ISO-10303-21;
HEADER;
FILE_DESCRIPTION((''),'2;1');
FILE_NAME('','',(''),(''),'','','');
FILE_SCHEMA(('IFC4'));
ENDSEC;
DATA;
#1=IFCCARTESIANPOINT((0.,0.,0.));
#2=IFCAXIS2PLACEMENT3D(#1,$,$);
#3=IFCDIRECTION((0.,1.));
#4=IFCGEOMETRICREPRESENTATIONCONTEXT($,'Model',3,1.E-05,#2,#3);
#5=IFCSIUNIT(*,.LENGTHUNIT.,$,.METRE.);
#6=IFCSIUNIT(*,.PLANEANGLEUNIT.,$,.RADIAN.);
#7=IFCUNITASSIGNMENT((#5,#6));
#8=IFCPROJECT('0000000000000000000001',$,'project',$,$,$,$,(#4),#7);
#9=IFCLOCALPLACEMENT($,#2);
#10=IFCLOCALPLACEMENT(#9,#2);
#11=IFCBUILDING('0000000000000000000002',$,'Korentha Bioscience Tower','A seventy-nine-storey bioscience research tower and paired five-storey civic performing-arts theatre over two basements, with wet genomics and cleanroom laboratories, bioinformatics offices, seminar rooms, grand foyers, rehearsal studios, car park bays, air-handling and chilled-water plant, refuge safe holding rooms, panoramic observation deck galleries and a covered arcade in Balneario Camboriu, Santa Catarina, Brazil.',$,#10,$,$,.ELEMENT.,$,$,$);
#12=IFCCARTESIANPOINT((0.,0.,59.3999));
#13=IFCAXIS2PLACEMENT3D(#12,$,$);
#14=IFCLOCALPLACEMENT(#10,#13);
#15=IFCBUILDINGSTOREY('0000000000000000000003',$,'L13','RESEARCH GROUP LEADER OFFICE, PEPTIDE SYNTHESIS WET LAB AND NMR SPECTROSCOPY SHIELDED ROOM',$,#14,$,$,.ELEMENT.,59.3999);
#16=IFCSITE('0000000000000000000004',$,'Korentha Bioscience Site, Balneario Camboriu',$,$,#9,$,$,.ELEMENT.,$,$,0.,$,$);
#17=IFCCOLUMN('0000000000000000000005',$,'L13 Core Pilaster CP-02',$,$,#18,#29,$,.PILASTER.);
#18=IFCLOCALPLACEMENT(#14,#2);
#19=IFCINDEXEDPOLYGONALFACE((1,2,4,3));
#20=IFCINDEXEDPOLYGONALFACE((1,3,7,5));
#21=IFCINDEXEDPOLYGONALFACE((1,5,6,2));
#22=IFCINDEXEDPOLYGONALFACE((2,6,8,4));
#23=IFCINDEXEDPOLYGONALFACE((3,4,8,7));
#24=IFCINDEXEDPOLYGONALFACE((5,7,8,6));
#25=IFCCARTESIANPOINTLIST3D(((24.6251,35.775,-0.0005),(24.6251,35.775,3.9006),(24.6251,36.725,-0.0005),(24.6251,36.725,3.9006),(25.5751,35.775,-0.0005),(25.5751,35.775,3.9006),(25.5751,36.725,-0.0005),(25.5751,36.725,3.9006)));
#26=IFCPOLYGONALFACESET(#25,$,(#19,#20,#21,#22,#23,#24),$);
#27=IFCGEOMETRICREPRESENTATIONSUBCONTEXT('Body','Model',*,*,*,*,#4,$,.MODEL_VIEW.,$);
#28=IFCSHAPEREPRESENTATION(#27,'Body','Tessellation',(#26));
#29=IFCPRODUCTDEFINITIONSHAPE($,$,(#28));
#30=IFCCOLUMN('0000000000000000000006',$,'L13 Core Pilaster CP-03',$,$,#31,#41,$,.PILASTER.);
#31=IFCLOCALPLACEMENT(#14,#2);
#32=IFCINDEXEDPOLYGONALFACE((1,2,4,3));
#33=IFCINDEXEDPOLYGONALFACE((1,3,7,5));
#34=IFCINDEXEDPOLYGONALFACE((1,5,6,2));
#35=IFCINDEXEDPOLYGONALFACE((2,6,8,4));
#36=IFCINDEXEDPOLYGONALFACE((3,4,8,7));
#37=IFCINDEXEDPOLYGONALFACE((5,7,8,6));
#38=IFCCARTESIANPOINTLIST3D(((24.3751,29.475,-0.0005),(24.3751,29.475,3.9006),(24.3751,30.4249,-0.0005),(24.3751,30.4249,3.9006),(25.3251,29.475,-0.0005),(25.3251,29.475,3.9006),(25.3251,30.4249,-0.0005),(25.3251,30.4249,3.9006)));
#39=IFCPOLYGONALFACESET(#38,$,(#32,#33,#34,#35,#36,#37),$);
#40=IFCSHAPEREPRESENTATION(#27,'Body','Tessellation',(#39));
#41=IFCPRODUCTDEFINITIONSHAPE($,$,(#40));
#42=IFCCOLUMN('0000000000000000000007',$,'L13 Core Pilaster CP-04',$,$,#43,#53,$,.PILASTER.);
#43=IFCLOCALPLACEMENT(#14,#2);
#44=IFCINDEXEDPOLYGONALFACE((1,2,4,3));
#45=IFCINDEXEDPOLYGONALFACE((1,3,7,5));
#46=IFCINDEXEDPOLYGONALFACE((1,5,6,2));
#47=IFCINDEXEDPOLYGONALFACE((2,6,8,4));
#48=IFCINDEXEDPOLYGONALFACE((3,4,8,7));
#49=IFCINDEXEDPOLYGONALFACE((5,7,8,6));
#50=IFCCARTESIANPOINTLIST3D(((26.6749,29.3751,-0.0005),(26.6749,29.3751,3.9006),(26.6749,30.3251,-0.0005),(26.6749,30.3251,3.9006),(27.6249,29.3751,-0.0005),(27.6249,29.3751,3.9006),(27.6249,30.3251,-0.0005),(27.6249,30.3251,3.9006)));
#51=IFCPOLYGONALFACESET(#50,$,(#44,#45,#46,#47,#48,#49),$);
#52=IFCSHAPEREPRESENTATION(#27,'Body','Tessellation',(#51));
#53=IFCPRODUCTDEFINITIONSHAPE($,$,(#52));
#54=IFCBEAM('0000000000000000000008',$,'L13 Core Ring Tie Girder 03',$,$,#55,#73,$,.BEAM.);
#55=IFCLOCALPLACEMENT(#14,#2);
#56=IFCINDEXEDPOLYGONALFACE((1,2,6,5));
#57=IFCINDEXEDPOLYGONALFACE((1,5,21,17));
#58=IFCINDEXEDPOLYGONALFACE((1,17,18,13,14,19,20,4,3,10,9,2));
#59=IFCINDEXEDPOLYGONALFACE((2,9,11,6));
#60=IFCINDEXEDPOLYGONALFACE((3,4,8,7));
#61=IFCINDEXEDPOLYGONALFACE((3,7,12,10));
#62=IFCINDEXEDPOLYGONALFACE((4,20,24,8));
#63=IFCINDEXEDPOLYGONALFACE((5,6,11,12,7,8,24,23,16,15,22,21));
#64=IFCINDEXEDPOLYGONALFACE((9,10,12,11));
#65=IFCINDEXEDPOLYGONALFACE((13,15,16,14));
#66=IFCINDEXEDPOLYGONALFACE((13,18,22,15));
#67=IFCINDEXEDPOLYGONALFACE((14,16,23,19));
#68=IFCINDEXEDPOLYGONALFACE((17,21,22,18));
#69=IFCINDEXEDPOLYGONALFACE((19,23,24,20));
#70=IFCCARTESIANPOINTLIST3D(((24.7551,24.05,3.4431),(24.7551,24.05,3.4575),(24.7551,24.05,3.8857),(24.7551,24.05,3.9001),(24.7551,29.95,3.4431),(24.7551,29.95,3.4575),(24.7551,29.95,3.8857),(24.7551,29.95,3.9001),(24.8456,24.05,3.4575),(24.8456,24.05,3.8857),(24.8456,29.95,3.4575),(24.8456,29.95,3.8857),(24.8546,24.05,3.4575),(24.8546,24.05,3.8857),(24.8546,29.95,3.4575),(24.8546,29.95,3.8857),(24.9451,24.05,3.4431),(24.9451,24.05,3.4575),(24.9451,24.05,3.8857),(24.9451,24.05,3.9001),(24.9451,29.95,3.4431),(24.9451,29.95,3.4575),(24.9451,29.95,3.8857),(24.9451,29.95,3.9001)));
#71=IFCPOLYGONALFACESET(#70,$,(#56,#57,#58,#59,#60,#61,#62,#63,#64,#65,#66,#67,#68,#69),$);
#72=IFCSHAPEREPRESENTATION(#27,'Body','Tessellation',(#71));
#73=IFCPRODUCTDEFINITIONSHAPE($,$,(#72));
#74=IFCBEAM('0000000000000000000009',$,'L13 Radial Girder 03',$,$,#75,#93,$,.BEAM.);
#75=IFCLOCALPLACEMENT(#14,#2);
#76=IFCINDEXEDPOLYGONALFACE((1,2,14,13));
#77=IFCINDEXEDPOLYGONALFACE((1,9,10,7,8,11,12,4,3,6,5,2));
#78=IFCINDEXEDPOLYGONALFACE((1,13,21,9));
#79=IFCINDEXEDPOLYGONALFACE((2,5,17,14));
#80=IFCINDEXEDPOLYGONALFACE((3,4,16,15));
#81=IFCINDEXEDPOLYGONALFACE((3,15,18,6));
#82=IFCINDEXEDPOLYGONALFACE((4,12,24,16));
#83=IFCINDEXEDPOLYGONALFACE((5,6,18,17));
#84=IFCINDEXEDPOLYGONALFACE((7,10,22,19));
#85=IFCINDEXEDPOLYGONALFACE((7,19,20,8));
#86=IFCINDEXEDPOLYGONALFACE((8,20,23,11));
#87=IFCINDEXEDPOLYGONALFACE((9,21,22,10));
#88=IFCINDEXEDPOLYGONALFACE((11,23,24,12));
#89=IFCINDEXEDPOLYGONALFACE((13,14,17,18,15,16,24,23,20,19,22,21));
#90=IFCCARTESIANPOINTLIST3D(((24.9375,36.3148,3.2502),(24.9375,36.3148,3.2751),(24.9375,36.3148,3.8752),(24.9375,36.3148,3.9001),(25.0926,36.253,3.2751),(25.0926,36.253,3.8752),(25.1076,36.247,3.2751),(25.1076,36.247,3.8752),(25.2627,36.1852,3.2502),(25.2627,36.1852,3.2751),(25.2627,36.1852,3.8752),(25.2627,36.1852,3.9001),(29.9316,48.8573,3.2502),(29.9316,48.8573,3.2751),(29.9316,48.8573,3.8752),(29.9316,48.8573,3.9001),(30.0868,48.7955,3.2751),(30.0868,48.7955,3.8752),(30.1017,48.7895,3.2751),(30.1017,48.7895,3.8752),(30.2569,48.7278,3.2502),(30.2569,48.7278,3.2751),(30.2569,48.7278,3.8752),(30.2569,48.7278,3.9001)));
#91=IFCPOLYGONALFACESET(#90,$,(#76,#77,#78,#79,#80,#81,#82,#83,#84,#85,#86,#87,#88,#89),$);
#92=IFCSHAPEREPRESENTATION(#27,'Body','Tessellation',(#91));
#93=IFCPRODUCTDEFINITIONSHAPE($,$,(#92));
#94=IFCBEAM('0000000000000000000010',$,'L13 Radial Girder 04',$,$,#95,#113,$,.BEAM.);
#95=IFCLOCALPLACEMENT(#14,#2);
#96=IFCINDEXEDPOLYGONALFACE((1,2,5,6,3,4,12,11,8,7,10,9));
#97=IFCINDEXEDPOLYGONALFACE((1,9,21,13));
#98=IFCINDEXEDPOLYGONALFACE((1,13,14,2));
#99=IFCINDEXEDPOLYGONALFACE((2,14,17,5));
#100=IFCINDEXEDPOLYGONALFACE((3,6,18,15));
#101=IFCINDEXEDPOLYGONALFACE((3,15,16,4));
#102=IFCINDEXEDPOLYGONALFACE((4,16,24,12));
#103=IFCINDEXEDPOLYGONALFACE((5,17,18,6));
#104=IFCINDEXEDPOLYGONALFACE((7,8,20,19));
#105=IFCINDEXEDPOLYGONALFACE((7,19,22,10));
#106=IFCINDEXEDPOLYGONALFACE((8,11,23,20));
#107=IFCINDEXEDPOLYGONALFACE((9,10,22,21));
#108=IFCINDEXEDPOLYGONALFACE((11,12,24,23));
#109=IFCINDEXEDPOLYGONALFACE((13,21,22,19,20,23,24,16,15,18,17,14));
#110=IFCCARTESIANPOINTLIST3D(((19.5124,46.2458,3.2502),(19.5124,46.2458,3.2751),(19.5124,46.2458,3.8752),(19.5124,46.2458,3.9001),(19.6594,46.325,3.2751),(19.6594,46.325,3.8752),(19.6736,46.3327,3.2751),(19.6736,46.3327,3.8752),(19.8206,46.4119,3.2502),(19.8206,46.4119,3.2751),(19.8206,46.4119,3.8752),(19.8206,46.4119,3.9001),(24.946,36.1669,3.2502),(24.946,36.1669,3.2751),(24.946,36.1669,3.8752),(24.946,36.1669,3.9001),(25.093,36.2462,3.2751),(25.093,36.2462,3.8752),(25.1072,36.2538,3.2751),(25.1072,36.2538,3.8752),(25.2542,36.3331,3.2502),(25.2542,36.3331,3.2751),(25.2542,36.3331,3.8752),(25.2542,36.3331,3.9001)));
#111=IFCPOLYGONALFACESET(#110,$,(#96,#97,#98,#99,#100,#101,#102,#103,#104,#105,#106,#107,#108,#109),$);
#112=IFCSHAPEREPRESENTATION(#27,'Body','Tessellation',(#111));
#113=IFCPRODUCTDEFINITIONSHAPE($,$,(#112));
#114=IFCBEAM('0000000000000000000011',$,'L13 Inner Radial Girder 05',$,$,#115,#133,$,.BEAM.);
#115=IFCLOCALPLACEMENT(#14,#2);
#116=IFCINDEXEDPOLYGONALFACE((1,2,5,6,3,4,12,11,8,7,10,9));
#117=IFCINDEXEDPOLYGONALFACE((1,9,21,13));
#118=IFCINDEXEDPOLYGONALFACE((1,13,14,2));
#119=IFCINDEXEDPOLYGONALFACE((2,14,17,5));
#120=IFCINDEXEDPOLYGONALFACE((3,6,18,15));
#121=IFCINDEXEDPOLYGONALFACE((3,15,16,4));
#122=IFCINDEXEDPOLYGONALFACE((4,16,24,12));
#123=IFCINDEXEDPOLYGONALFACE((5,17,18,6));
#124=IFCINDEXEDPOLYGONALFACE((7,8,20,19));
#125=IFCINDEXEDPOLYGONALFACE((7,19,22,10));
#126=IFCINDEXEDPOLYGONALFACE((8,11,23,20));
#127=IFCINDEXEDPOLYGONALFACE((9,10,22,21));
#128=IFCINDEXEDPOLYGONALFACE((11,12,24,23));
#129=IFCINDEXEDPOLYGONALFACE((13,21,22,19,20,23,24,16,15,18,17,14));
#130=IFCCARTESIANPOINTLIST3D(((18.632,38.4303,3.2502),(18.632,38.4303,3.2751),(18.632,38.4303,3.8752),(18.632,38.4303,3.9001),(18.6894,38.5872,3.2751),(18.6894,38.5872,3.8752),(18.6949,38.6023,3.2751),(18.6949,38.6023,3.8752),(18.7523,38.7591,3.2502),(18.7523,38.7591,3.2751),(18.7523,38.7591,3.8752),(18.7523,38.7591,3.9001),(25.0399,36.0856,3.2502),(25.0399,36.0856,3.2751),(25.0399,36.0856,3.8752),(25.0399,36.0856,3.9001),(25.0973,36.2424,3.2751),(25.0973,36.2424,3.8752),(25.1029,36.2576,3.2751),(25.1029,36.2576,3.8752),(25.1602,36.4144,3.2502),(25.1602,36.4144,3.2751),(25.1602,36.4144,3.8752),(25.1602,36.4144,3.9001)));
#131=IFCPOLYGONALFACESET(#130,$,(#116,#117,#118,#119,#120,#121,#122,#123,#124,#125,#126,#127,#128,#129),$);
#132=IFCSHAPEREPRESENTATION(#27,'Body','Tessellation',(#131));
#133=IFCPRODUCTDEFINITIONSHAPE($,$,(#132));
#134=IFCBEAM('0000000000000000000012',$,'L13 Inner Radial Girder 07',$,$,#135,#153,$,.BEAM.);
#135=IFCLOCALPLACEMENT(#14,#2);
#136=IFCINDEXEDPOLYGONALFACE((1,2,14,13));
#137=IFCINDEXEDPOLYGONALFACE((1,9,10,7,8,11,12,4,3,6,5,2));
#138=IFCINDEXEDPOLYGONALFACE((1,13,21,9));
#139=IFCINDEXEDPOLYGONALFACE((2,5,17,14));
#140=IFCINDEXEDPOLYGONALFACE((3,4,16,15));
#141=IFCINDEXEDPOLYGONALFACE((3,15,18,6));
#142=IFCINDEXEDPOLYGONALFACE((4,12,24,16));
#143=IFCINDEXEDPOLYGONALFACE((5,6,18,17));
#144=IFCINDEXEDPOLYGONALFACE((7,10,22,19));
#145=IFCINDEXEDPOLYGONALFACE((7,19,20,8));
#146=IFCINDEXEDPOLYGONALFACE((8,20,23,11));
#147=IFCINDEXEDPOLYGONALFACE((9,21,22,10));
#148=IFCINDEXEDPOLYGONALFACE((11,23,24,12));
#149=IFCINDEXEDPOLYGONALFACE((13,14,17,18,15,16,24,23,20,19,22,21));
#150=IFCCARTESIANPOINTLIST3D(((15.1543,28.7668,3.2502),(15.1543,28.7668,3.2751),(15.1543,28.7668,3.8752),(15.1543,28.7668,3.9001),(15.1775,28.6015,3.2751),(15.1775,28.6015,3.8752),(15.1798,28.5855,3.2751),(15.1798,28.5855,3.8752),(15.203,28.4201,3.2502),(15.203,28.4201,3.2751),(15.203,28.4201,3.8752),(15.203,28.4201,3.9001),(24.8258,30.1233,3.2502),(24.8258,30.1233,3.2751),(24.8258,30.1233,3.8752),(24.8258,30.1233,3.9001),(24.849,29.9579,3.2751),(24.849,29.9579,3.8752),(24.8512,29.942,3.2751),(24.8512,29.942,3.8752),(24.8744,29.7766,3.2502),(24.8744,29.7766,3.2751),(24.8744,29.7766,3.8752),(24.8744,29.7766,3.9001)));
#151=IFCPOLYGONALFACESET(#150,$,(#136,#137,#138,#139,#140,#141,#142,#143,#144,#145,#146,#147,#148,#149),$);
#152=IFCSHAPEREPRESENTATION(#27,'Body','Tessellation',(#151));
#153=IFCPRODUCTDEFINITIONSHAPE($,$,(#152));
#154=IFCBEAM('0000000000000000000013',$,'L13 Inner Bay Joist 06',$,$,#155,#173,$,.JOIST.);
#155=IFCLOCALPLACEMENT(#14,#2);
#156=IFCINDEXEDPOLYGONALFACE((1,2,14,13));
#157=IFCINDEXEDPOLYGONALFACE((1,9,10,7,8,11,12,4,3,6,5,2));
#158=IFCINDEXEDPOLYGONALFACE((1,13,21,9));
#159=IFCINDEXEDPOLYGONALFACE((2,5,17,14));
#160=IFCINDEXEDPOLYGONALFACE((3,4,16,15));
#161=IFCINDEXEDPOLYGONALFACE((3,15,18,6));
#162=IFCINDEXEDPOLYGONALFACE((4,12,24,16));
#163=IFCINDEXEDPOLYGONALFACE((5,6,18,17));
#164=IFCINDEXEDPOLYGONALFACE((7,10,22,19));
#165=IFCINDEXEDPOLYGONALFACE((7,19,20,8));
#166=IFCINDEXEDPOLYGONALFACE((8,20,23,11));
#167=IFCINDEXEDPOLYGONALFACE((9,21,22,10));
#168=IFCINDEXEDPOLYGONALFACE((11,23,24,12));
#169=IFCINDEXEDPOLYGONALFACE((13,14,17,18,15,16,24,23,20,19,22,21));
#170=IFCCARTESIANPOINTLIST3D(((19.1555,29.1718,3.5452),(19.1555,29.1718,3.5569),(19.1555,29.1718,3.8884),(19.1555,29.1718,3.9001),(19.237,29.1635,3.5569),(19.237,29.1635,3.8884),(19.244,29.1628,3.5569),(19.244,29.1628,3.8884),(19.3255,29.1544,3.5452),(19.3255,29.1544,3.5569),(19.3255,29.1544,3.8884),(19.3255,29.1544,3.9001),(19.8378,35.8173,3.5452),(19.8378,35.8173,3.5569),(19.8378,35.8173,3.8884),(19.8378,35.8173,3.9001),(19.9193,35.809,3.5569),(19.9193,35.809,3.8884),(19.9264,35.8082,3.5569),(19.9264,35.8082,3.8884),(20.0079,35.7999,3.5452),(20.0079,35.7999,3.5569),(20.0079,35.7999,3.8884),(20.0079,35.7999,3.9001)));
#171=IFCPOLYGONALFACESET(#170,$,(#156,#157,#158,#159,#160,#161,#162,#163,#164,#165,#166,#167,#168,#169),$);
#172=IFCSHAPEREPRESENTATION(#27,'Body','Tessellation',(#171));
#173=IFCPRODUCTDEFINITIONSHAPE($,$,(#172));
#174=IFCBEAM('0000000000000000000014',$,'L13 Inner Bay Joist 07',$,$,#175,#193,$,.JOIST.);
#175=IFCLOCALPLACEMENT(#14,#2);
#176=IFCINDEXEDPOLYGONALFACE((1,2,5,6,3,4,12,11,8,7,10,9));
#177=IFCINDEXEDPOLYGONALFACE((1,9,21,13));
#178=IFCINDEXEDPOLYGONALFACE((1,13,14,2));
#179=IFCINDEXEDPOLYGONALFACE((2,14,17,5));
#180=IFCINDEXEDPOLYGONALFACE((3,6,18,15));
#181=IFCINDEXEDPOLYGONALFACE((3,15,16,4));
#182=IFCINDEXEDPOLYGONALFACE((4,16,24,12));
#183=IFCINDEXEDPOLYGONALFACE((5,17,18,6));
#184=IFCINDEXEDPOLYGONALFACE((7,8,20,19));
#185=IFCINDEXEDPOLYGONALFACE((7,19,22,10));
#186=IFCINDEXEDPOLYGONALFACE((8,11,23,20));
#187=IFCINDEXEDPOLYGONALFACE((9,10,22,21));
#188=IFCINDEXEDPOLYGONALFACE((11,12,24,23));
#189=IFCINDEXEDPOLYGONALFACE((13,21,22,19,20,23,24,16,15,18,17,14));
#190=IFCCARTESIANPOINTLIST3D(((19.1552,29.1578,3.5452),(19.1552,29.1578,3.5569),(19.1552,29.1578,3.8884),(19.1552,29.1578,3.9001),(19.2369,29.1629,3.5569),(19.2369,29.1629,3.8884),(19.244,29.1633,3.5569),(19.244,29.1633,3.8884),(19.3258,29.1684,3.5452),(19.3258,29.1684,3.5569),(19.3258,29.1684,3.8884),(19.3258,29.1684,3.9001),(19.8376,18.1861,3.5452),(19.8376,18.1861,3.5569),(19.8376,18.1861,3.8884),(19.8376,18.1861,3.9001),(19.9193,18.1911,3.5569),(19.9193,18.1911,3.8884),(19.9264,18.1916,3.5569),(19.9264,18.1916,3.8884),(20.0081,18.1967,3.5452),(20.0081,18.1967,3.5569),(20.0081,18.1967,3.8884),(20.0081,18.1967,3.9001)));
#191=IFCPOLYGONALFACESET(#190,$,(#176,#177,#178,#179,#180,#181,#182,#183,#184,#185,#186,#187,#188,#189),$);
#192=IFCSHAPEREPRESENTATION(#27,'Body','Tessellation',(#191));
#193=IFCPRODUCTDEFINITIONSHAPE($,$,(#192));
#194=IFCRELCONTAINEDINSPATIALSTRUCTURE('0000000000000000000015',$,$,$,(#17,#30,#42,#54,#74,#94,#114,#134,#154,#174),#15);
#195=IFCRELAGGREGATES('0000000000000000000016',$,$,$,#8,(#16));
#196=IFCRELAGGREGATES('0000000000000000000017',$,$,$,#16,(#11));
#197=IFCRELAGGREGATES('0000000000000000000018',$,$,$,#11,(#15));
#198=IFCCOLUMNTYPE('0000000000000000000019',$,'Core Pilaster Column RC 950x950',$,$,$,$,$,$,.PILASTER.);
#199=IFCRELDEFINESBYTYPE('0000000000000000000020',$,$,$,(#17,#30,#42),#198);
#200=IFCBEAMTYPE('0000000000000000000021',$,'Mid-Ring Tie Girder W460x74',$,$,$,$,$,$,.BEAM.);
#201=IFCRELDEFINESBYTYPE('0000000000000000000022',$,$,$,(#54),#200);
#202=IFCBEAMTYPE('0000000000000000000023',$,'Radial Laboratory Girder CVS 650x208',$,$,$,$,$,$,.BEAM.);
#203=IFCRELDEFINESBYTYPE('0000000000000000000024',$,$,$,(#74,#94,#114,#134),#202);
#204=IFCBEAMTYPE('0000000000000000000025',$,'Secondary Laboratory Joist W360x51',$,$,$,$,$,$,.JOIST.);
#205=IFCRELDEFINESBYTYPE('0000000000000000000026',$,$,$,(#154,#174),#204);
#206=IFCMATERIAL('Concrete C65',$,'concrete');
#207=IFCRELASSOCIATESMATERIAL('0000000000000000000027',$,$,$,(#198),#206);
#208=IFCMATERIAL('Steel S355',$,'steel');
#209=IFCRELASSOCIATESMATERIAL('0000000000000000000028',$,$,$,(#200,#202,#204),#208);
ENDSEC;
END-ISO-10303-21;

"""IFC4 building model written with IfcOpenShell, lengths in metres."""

from ifc_helpers import new_model, si_unit, direction, frame, origin, origin_2d, place, context, subcontext, project, spatial, rectangle, i_section, extrude, material, material_profile, profile_set, type_object, element, save


model = new_model("IFC4")

# Units and contexts
model_context = context("Model", 3, precision=1e-05, world=origin(), true_north=direction((0.0, 1.0)))
body_context = subcontext(model_context, "Body", "Model", "MODEL_VIEW")
ifc_project = project(units=[si_unit("LENGTHUNIT", "METRE"), si_unit("PLANEANGLEUNIT", "RADIAN")], contexts=[model_context])

# Site, building, storey
site_placement = place(None, origin())
site = spatial("IfcSite", under=ifc_project, at=site_placement, Name="Korentha Bioscience Site, Balneario Camboriu", CompositionType="ELEMENT", RefElevation=0.0)
building_placement = place(site_placement, origin())
building = spatial("IfcBuilding", under=site, at=building_placement, Name="Korentha Bioscience Tower", Description="A seventy-nine-storey bioscience research tower and paired five-storey civic performing-arts theatre over two basements, with wet genomics and cleanroom laboratories, bioinformatics offices, seminar rooms, grand foyers, rehearsal studios, car park bays, air-handling and chilled-water plant, refuge safe holding rooms, panoramic observation deck galleries and a covered arcade in Balneario Camboriu, Santa Catarina, Brazil.", CompositionType="ELEMENT")
storey_placement = place(building_placement, frame((0.0, 0.0, 59.3999)))
storey = spatial("IfcBuildingStorey", under=building, at=storey_placement, Name="L13", Description="RESEARCH GROUP LEADER OFFICE, PEPTIDE SYNTHESIS WET LAB AND NMR SPECTROSCOPY SHIELDED ROOM", CompositionType="ELEMENT", Elevation=59.3999)

# Columns
ifc_material_1 = material(Name="Concrete C65", Category="concrete")
ifc_material_profile_1 = material_profile(ifc_material_1, rectangle(XDim=0.95, YDim=0.95, at=origin_2d()), Name="Concrete C65")
ifc_profile_set_1 = profile_set([ifc_material_profile_1], Name="Concrete C65 (COL-CP09)")
column_type = type_object("IfcColumnType", Name="Core Pilaster Column RC 950x950", PredefinedType="PILASTER", material=ifc_profile_set_1)
for number, where, z_axis, x_axis, name in (
    (1, (25.1001, 36.25, -0.0005), (0.0, 0.0, 1.0), (1.0, 0.0, 0.0), "L13 Core Pilaster CP-02"),
    (2, (24.8501, 29.95, -0.0005), (0.0, 0.0, 1.0), (1.0, 0.0, 0.0), "L13 Core Pilaster CP-03"),
    (3, (27.1499, 29.8501, -0.0005), (0.0, 0.0, 1.0), (1.0, 0.0, 0.0), "L13 Core Pilaster CP-04"),
):
    element("IfcColumn", number, at=place(storey_placement, frame(where, z_axis=z_axis, x_axis=x_axis)), inside=storey, type_object=column_type, Name=name, PredefinedType="PILASTER", context=body_context, shape_type="SweptSolid", body=[
        extrude(rectangle(XDim=0.95, YDim=0.95, at=origin_2d()), origin(), (0.0, 0.0, 1.0), 3.9011),
    ])

# Beams
ifc_material_2 = material(Name="Steel S355", Category="steel")
ifc_material_profile_2 = material_profile(ifc_material_2, i_section(OverallWidth=0.1899, OverallDepth=0.457, WebThickness=0.009, FlangeThickness=0.0144, at=origin_2d()), Name="Steel S355")
ifc_profile_set_2 = profile_set([ifc_material_profile_2], Name="Steel S355 (MB-460)")
beam_type_1 = type_object("IfcBeamType", Name="Mid-Ring Tie Girder W460x74", PredefinedType="BEAM", material=ifc_profile_set_2)
beam_1_placement = place(storey_placement, frame((24.8501, 29.95, 3.6716), z_axis=(0.0, -1.0, 0.0), x_axis=(1.0, 0.0, 0.0)))
element("IfcBeam", 4, at=beam_1_placement, inside=storey, type_object=beam_type_1, Name="L13 Core Ring Tie Girder 03", PredefinedType="BEAM", context=body_context, shape_type="SweptSolid", body=[
    extrude(i_section(OverallWidth=0.1899, OverallDepth=0.457, WebThickness=0.009, FlangeThickness=0.0144, at=origin_2d()), origin(), (0.0, 0.0, 1.0), 5.8999),
])
ifc_material_profile_3 = material_profile(ifc_material_2, i_section(OverallWidth=0.3501, OverallDepth=0.6499, WebThickness=0.0161, FlangeThickness=0.0249, at=origin_2d()), Name="Steel S355")
ifc_profile_set_3 = profile_set([ifc_material_profile_3], Name="Steel S355 (RB-650)")
beam_type_2 = type_object("IfcBeamType", Name="Radial Laboratory Girder CVS 650x208", PredefinedType="BEAM", material=ifc_profile_set_3)
beam_2_placement = place(storey_placement, frame((25.1001, 36.25, 3.5752), z_axis=(0.369931, 0.929059, 0.0), x_axis=(-0.929059, 0.369931, 0.0)))
element("IfcBeam", 5, at=beam_2_placement, inside=storey, type_object=beam_type_2, Name="L13 Radial Girder 03", PredefinedType="BEAM", context=body_context, shape_type="SweptSolid", body=[
    extrude(i_section(OverallWidth=0.3501, OverallDepth=0.6499, WebThickness=0.0161, FlangeThickness=0.0249, at=origin_2d()), origin(), (0.0, 0.0, 1.0), 13.5002),
])
beam_3_placement = place(storey_placement, frame((25.1001, 36.25, 3.5752), z_axis=(-0.474541, 0.880233, 0.0), x_axis=(-0.880233, -0.474541, 0.0)))
element("IfcBeam", 6, at=beam_3_placement, inside=storey, type_object=beam_type_2, Name="L13 Radial Girder 04", PredefinedType="BEAM", context=body_context, shape_type="SweptSolid", body=[
    extrude(i_section(OverallWidth=0.3501, OverallDepth=0.6499, WebThickness=0.0161, FlangeThickness=0.0249, at=origin_2d()), origin(), (0.0, 0.0, 1.0), 11.4502),
])
beam_4_placement = place(storey_placement, frame((25.1001, 36.25, 3.5752), z_axis=(-0.939106, 0.343627, 0.0), x_axis=(-0.343627, -0.939106, 0.0)))
element("IfcBeam", 7, at=beam_4_placement, inside=storey, type_object=beam_type_2, Name="L13 Inner Radial Girder 05", PredefinedType="BEAM", context=body_context, shape_type="SweptSolid", body=[
    extrude(i_section(OverallWidth=0.3501, OverallDepth=0.6499, WebThickness=0.0161, FlangeThickness=0.0249, at=origin_2d()), origin(), (0.0, 0.0, 1.0), 6.8235),
])
beam_5_placement = place(storey_placement, frame((24.8501, 29.95, 3.5752), z_axis=(-0.990307, -0.138894, 0.0), x_axis=(0.138894, -0.990307, 0.0)))
element("IfcBeam", 8, at=beam_5_placement, inside=storey, type_object=beam_type_2, Name="L13 Inner Radial Girder 07", PredefinedType="BEAM", context=body_context, shape_type="SweptSolid", body=[
    extrude(i_section(OverallWidth=0.3501, OverallDepth=0.6499, WebThickness=0.0161, FlangeThickness=0.0249, at=origin_2d()), origin(), (0.0, 0.0, 1.0), 9.7661),
])
ifc_material_profile_4 = material_profile(ifc_material_2, i_section(OverallWidth=0.1709, OverallDepth=0.355, WebThickness=0.0071, FlangeThickness=0.0117, at=origin_2d()), Name="Steel S355")
ifc_profile_set_4 = profile_set([ifc_material_profile_4], Name="Steel S355 (JB-360)")
beam_type_3 = type_object("IfcBeamType", Name="Secondary Laboratory Joist W360x51", PredefinedType="JOIST", material=ifc_profile_set_4)
beam_6_placement = place(storey_placement, frame((19.9229, 35.8086, 3.7227), z_axis=(-0.102145, -0.99477, 0.0), x_axis=(0.99477, -0.102145, 0.0)))
element("IfcBeam", 9, at=beam_6_placement, inside=storey, type_object=beam_type_3, Name="L13 Inner Bay Joist 06", PredefinedType="JOIST", context=body_context, shape_type="SweptSolid", body=[
    extrude(i_section(OverallWidth=0.1709, OverallDepth=0.355, WebThickness=0.0071, FlangeThickness=0.0117, at=origin_2d()), origin(), (0.0, 0.0, 1.0), 6.6804),
])
beam_7_placement = place(storey_placement, frame((19.2405, 29.1631, 3.7227), z_axis=(0.062074, -0.998072, 0.0), x_axis=(0.998072, 0.062074, 0.0)))
element("IfcBeam", 10, at=beam_7_placement, inside=storey, type_object=beam_type_3, Name="L13 Inner Bay Joist 07", PredefinedType="JOIST", context=body_context, shape_type="SweptSolid", body=[
    extrude(i_section(OverallWidth=0.1709, OverallDepth=0.355, WebThickness=0.0071, FlangeThickness=0.0117, at=origin_2d()), origin(), (0.0, 0.0, 1.0), 10.9929),
])

save(model, "model.ifc")
